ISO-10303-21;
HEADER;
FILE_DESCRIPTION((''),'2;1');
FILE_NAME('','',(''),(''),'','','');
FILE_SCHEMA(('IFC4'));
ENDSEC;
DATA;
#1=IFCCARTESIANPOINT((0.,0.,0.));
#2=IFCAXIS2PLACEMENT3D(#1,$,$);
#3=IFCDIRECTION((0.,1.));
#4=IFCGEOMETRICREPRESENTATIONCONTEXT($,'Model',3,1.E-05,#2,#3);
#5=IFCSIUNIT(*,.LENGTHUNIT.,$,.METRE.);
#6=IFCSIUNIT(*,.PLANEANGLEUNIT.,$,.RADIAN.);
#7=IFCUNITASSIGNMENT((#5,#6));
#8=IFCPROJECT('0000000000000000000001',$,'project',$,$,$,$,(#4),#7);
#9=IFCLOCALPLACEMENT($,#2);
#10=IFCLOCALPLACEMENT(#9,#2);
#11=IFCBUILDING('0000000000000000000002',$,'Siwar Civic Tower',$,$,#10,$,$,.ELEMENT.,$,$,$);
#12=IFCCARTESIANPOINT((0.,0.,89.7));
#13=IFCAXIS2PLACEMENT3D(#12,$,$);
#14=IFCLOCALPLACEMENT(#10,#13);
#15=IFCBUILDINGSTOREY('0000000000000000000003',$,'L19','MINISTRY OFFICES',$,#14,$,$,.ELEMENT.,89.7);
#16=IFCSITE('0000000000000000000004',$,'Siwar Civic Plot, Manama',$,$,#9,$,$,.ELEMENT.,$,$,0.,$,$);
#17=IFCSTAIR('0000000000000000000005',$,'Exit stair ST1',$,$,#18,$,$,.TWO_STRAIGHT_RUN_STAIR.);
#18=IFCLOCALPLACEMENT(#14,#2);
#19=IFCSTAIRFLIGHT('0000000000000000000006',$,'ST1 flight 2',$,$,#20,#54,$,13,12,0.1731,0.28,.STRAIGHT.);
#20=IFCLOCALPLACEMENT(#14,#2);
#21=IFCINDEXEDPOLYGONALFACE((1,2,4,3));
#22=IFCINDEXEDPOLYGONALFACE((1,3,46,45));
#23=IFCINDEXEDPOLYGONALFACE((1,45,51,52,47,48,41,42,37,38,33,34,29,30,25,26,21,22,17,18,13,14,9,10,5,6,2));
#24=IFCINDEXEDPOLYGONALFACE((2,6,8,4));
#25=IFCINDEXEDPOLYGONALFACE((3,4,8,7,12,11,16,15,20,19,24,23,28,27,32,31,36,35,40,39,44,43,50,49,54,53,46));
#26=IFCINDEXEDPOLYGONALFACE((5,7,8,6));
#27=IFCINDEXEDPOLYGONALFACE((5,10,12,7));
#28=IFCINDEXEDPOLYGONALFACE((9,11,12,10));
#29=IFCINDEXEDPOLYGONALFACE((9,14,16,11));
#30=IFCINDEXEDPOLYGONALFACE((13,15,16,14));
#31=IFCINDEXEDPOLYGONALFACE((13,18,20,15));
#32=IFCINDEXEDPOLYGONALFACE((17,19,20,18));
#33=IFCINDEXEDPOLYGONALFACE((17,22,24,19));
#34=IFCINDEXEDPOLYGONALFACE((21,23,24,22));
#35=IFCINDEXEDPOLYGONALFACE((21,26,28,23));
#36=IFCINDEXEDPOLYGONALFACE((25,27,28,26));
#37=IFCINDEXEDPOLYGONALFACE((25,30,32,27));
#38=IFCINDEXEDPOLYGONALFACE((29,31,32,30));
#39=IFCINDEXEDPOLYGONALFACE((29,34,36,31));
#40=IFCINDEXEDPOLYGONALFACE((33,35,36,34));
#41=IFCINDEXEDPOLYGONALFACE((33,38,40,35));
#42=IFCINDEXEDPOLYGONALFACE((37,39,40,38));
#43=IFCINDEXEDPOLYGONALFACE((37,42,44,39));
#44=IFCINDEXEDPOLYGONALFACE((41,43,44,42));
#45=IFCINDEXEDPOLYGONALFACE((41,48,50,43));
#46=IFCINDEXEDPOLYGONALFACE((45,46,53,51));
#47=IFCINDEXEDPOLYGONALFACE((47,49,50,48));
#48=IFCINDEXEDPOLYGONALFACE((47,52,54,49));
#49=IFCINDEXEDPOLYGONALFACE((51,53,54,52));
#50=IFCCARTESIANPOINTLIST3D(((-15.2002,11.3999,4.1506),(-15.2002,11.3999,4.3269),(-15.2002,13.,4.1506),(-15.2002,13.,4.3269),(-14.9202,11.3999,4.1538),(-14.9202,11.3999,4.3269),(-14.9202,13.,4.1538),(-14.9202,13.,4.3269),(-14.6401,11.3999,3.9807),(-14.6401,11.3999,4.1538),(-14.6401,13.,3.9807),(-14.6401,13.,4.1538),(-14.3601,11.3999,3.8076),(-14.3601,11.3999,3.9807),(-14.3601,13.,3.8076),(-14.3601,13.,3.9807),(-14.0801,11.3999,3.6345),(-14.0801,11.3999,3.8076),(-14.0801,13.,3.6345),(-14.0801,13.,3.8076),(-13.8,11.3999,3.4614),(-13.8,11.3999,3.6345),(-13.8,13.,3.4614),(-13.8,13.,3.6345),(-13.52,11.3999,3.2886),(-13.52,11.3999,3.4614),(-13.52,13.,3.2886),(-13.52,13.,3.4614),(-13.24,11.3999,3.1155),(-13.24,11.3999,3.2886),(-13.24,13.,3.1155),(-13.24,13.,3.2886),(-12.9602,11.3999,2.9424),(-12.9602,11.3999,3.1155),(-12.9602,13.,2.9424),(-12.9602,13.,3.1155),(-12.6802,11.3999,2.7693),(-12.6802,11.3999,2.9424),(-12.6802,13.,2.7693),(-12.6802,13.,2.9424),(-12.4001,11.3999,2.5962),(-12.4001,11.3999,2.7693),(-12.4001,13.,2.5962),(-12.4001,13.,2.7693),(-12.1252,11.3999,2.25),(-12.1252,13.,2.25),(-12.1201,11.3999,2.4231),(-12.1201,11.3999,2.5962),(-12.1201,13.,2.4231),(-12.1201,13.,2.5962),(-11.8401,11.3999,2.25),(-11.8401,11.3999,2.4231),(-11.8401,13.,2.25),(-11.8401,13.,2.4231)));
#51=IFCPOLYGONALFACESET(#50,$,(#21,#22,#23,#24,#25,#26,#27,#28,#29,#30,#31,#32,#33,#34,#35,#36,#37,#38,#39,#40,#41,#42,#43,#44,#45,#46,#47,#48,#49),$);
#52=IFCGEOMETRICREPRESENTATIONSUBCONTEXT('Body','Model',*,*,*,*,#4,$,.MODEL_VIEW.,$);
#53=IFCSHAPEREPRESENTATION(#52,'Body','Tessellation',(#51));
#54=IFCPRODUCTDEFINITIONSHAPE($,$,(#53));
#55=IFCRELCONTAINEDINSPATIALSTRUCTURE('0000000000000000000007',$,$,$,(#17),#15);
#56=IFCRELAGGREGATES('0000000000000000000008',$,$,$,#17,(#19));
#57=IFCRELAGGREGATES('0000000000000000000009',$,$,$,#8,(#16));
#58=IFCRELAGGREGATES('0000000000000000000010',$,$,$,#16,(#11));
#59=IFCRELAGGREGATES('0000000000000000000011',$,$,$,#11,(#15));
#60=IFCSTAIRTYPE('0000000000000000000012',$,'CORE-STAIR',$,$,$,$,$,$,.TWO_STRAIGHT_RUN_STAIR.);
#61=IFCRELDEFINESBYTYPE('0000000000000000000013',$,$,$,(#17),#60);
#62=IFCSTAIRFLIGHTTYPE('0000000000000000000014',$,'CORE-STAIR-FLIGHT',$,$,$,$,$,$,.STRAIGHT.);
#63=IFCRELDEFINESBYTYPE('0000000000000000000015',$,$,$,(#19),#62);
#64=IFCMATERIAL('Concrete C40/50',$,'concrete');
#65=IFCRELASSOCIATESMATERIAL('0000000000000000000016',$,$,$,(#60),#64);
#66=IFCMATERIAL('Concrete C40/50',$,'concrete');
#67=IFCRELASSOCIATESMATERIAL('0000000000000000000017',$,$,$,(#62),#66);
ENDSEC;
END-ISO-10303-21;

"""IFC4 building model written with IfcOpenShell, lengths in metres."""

from ifc_helpers import new_model, si_unit, direction, frame, origin, place, context, subcontext, project, spatial, polyline, outline, extrude, material, type_object, element, aggregate, save


model = new_model("IFC4")

# Units and contexts
model_context = context("Model", 3, precision=1e-05, world=origin(), true_north=direction((0.0, 1.0)))
body_context = subcontext(model_context, "Body", "Model", "MODEL_VIEW")
ifc_project = project(units=[si_unit("LENGTHUNIT", "METRE"), si_unit("PLANEANGLEUNIT", "RADIAN")], contexts=[model_context])

# Site, building, storey
site_placement = place(None, origin())
site = spatial("IfcSite", under=ifc_project, at=site_placement, Name="Siwar Civic Plot, Manama", CompositionType="ELEMENT", RefElevation=0.0)
building_placement = place(site_placement, origin())
building = spatial("IfcBuilding", under=site, at=building_placement, Name="Siwar Civic Tower", CompositionType="ELEMENT")
storey_placement = place(building_placement, frame((0.0, 0.0, 89.7)))
storey = spatial("IfcBuildingStorey", under=building, at=storey_placement, Name="L19", Description="MINISTRY OFFICES", CompositionType="ELEMENT", Elevation=89.7)

# Stair, stair flight
ifc_material_1 = material(Name="Concrete C40/50", Category="concrete")
stair_type = type_object("IfcStairType", Name="CORE-STAIR", PredefinedType="TWO_STRAIGHT_RUN_STAIR", material=ifc_material_1)
stair_placement = place(storey_placement, origin())
stair = element("IfcStair", 1, at=stair_placement, inside=storey, type_object=stair_type, Name="Exit stair ST1", PredefinedType="TWO_STRAIGHT_RUN_STAIR")
ifc_material_2 = material(Name="Concrete C40/50", Category="concrete")
stair_flight_type = type_object("IfcStairFlightType", Name="CORE-STAIR-FLIGHT", PredefinedType="STRAIGHT", material=ifc_material_2)
stair_flight_1_placement = place(storey_placement, frame((-11.8401, 12.2, 2.25), z_axis=(0.0, 0.0, 1.0), x_axis=(-1.0, 0.0, 0.0)))
stair_flight_1 = element("IfcStairFlight", 2, at=stair_flight_1_placement, type_object=stair_flight_type, Name="ST1 flight 2", NumberOfRisers=13, NumberOfTreads=12, PredefinedType="STRAIGHT", RiserHeight=0.1731, TreadLength=0.28, context=body_context, shape_type="SweptSolid", body=[
    extrude(outline(polyline([(0.0, 0.0), (0.0, 0.1731), (0.28, 0.1731), (0.28, 0.3462), (0.5601, 0.3462), (0.5601, 0.5193), (0.8401, 0.5193), (0.8401, 0.6924), (1.1201, 0.6924), (1.1201, 0.8655), (1.3999, 0.8655), (1.3999, 1.0386), (1.6799, 1.0386), (1.6799, 1.2114), (1.96, 1.2114), (1.96, 1.3845), (2.24, 1.3845), (2.24, 1.5576), (2.52, 1.5576), (2.52, 1.7307), (2.8, 1.7307), (2.8, 1.9038), (3.0801, 1.9038), (3.0801, 2.0769), (3.3601, 2.0769), (3.3601, 2.25), (3.3601, 1.9006), (0.2852, 0.0), (0.0, 0.0)])), frame((0.0, 0.8, 0.0), z_axis=(0.0, -1.0, 0.0), x_axis=(1.0, 0.0, 0.0)), (0.0, 0.0, 1.0), 1.6001),
])
aggregate(stair, [stair_flight_1])

save(model, "model.ifc")
